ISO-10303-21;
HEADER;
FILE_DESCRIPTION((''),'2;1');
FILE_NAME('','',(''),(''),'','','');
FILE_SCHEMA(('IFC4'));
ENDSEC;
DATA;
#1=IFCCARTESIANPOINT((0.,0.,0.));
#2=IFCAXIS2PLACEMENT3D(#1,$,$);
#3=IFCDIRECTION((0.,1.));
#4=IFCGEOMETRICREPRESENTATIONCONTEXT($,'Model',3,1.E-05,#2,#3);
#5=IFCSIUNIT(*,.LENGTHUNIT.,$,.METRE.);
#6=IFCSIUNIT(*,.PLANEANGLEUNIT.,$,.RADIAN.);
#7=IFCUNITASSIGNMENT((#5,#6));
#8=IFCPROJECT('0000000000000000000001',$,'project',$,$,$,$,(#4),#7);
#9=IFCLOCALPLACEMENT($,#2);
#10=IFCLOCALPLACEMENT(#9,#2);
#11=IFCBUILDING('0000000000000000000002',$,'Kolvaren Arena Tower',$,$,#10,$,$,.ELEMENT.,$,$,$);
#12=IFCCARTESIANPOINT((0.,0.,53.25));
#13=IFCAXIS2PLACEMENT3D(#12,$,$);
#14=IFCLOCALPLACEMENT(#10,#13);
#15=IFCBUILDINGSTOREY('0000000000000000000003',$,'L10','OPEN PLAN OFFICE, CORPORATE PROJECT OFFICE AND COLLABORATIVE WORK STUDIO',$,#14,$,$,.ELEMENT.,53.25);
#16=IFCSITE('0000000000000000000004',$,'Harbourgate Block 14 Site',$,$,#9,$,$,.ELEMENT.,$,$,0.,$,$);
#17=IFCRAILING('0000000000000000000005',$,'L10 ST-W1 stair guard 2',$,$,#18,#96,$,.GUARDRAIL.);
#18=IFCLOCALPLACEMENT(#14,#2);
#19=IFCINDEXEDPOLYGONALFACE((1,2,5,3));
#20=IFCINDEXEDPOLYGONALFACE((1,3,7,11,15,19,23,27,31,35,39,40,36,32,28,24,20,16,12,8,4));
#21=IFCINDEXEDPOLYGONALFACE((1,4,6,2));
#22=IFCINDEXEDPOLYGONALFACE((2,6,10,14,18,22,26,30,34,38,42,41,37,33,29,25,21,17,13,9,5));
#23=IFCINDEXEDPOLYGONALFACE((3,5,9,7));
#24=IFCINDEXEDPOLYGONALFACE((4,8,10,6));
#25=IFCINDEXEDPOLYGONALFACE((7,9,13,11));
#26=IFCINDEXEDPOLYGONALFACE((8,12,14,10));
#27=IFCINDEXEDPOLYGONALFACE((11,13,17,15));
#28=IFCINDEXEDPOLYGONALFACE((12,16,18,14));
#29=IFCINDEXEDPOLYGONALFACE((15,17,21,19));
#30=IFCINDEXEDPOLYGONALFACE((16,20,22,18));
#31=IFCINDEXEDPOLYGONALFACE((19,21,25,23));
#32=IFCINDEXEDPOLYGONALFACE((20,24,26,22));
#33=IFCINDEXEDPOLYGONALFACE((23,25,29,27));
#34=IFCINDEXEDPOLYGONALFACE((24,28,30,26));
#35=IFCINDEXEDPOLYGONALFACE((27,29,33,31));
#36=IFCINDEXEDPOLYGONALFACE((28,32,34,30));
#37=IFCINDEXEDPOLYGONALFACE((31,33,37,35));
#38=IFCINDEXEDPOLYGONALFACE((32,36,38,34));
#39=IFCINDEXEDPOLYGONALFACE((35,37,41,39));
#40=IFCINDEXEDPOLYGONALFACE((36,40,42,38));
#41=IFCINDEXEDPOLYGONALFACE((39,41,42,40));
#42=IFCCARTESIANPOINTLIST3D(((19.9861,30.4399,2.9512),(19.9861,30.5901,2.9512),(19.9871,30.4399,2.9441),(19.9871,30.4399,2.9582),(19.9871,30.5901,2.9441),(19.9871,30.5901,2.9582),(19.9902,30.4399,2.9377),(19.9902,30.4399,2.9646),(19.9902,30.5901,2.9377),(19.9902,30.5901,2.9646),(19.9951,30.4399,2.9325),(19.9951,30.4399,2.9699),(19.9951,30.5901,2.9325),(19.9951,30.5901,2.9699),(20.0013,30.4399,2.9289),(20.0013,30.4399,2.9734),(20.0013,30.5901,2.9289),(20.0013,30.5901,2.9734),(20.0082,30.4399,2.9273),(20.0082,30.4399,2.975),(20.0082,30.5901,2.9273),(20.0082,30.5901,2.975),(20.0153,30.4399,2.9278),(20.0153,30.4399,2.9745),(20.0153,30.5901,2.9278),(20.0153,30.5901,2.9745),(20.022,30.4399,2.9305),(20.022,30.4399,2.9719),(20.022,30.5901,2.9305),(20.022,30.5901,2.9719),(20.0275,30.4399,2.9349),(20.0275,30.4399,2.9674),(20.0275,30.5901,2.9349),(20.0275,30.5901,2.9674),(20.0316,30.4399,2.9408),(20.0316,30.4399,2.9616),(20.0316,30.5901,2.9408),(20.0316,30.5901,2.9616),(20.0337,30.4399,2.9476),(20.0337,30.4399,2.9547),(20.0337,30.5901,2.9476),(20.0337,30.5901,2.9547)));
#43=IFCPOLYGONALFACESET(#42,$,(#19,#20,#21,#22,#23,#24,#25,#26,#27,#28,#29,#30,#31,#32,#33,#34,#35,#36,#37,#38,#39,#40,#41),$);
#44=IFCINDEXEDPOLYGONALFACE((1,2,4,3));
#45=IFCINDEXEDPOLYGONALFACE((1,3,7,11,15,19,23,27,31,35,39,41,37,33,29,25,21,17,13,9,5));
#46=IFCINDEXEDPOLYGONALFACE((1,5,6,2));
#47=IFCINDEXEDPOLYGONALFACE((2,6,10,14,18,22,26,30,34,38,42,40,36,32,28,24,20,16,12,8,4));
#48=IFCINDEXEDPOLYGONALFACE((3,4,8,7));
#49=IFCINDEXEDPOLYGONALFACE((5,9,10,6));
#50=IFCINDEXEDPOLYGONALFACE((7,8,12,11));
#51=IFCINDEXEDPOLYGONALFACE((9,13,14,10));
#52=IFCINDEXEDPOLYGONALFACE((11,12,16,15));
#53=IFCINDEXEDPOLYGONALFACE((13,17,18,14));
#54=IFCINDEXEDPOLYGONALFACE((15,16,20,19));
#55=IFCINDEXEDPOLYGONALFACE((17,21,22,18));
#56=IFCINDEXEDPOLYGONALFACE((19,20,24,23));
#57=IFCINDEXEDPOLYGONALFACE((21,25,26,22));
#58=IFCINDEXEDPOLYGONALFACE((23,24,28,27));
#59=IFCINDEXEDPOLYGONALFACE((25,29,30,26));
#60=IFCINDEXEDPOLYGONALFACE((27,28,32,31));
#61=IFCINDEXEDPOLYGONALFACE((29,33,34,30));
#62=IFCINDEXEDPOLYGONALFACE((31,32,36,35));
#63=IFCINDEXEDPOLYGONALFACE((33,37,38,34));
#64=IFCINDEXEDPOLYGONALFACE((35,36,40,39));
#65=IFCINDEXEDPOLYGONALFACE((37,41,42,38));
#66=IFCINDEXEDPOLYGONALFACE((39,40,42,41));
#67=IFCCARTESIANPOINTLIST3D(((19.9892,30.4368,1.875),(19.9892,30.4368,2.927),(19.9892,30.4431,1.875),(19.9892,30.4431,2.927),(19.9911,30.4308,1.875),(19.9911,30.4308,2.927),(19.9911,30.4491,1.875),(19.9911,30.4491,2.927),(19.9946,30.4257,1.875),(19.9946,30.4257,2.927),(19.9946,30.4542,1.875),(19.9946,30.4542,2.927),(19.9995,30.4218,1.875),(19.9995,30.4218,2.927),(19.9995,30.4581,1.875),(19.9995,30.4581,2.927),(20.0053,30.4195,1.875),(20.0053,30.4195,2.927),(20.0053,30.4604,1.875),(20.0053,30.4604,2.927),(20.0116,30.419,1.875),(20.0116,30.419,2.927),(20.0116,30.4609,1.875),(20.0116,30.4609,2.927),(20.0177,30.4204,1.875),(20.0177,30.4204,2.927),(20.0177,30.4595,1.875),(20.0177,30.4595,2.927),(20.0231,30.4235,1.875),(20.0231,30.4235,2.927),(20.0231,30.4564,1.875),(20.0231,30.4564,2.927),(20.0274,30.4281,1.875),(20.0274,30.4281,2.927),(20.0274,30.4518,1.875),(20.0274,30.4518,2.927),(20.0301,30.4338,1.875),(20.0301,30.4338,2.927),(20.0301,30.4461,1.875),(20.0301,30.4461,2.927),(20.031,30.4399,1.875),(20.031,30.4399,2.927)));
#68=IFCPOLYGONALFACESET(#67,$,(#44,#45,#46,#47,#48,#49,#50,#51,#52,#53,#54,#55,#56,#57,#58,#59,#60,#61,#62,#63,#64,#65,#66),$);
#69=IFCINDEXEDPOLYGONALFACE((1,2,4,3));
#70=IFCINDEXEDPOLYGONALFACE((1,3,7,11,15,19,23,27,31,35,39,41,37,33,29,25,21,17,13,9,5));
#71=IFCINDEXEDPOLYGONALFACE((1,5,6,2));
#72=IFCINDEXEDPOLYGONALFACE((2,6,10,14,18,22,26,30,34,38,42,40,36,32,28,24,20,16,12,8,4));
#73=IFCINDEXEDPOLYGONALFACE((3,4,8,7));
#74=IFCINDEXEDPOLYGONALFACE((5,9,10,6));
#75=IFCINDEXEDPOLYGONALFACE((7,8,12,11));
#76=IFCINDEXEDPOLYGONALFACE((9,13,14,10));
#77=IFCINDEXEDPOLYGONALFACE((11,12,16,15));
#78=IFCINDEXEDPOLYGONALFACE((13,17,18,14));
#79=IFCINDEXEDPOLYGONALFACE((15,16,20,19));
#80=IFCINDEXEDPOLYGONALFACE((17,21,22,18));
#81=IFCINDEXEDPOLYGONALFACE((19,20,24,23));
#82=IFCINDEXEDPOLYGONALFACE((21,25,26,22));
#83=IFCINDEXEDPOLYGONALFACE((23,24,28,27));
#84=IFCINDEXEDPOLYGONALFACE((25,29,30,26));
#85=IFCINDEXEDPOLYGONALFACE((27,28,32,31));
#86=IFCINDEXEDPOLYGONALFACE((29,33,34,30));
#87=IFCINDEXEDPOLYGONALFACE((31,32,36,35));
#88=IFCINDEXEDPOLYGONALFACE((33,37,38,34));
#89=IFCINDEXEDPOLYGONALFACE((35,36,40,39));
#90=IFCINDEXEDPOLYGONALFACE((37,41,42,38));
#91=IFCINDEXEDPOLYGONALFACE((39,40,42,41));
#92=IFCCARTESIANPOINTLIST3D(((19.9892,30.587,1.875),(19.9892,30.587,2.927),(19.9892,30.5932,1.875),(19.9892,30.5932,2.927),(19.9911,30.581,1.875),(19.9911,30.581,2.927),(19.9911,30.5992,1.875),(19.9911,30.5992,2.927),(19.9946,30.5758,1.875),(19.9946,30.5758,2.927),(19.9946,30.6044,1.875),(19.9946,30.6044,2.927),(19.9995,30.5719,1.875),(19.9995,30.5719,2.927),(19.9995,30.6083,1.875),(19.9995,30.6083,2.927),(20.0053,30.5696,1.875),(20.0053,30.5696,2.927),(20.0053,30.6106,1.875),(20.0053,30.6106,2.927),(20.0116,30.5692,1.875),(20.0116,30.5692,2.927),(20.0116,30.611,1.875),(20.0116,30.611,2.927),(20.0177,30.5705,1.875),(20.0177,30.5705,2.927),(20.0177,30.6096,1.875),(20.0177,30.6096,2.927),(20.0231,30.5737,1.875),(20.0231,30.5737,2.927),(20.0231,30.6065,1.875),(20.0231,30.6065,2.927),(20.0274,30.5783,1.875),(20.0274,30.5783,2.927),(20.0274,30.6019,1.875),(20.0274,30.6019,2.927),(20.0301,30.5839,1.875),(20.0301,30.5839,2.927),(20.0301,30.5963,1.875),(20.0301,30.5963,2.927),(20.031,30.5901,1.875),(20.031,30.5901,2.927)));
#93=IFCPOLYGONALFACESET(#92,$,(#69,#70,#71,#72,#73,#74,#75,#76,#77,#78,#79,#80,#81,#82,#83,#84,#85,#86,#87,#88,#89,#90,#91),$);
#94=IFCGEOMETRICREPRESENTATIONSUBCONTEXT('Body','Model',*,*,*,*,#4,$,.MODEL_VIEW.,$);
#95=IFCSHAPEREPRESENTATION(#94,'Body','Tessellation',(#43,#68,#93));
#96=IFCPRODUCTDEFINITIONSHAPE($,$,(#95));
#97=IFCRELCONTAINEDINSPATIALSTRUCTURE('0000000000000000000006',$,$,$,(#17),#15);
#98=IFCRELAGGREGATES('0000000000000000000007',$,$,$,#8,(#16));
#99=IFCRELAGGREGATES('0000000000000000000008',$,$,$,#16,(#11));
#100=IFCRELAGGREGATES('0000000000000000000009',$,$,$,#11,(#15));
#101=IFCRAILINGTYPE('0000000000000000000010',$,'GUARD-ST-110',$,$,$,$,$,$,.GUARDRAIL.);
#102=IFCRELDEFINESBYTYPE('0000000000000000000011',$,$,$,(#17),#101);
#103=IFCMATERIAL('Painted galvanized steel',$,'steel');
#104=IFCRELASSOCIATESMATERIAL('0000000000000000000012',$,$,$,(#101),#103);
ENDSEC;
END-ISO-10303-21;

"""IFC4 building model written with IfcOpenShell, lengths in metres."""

from ifc_helpers import new_model, si_unit, direction, frame, origin, origin_2d, place, context, subcontext, project, spatial, circle, extrude, material, type_object, element, save


model = new_model("IFC4")

# Units and contexts
model_context = context("Model", 3, precision=1e-05, world=origin(), true_north=direction((0.0, 1.0)))
body_context = subcontext(model_context, "Body", "Model", "MODEL_VIEW")
ifc_project = project(units=[si_unit("LENGTHUNIT", "METRE"), si_unit("PLANEANGLEUNIT", "RADIAN")], contexts=[model_context])

# Site, building, storey
site_placement = place(None, origin())
site = spatial("IfcSite", under=ifc_project, at=site_placement, Name="Harbourgate Block 14 Site", CompositionType="ELEMENT", RefElevation=0.0)
building_placement = place(site_placement, origin())
building = spatial("IfcBuilding", under=site, at=building_placement, Name="Kolvaren Arena Tower", CompositionType="ELEMENT")
storey_placement = place(building_placement, frame((0.0, 0.0, 53.25)))
storey = spatial("IfcBuildingStorey", under=building, at=storey_placement, Name="L10", Description="OPEN PLAN OFFICE, CORPORATE PROJECT OFFICE AND COLLABORATIVE WORK STUDIO", CompositionType="ELEMENT", Elevation=53.25)

# Railing
ifc_material_1 = material(Name="Painted galvanized steel", Category="steel")
railing_type = type_object("IfcRailingType", Name="GUARD-ST-110", PredefinedType="GUARDRAIL", material=ifc_material_1)
railing_1_placement = place(storey_placement, frame((20.01, 30.4399, 1.875)))
element("IfcRailing", 1, at=railing_1_placement, inside=storey, type_object=railing_type, Name="L10 ST-W1 stair guard 2", PredefinedType="GUARDRAIL", context=body_context, shape_type="SweptSolid", body=[
    extrude(circle(Radius=0.0239, at=origin_2d()), frame((0.0, 0.0, 1.0762), z_axis=(0.0, 1.0, 0.0), x_axis=(-1.0, 0.0, 0.0)), (0.0, 0.0, 1.0), 0.1501),
    extrude(circle(Radius=0.021, at=origin_2d()), origin(), (0.0, 0.0, 1.0), 1.052),
    extrude(circle(Radius=0.021, at=origin_2d()), frame((0.0, 0.1501, 0.0)), (0.0, 0.0, 1.0), 1.052),
])

save(model, "model.ifc")
